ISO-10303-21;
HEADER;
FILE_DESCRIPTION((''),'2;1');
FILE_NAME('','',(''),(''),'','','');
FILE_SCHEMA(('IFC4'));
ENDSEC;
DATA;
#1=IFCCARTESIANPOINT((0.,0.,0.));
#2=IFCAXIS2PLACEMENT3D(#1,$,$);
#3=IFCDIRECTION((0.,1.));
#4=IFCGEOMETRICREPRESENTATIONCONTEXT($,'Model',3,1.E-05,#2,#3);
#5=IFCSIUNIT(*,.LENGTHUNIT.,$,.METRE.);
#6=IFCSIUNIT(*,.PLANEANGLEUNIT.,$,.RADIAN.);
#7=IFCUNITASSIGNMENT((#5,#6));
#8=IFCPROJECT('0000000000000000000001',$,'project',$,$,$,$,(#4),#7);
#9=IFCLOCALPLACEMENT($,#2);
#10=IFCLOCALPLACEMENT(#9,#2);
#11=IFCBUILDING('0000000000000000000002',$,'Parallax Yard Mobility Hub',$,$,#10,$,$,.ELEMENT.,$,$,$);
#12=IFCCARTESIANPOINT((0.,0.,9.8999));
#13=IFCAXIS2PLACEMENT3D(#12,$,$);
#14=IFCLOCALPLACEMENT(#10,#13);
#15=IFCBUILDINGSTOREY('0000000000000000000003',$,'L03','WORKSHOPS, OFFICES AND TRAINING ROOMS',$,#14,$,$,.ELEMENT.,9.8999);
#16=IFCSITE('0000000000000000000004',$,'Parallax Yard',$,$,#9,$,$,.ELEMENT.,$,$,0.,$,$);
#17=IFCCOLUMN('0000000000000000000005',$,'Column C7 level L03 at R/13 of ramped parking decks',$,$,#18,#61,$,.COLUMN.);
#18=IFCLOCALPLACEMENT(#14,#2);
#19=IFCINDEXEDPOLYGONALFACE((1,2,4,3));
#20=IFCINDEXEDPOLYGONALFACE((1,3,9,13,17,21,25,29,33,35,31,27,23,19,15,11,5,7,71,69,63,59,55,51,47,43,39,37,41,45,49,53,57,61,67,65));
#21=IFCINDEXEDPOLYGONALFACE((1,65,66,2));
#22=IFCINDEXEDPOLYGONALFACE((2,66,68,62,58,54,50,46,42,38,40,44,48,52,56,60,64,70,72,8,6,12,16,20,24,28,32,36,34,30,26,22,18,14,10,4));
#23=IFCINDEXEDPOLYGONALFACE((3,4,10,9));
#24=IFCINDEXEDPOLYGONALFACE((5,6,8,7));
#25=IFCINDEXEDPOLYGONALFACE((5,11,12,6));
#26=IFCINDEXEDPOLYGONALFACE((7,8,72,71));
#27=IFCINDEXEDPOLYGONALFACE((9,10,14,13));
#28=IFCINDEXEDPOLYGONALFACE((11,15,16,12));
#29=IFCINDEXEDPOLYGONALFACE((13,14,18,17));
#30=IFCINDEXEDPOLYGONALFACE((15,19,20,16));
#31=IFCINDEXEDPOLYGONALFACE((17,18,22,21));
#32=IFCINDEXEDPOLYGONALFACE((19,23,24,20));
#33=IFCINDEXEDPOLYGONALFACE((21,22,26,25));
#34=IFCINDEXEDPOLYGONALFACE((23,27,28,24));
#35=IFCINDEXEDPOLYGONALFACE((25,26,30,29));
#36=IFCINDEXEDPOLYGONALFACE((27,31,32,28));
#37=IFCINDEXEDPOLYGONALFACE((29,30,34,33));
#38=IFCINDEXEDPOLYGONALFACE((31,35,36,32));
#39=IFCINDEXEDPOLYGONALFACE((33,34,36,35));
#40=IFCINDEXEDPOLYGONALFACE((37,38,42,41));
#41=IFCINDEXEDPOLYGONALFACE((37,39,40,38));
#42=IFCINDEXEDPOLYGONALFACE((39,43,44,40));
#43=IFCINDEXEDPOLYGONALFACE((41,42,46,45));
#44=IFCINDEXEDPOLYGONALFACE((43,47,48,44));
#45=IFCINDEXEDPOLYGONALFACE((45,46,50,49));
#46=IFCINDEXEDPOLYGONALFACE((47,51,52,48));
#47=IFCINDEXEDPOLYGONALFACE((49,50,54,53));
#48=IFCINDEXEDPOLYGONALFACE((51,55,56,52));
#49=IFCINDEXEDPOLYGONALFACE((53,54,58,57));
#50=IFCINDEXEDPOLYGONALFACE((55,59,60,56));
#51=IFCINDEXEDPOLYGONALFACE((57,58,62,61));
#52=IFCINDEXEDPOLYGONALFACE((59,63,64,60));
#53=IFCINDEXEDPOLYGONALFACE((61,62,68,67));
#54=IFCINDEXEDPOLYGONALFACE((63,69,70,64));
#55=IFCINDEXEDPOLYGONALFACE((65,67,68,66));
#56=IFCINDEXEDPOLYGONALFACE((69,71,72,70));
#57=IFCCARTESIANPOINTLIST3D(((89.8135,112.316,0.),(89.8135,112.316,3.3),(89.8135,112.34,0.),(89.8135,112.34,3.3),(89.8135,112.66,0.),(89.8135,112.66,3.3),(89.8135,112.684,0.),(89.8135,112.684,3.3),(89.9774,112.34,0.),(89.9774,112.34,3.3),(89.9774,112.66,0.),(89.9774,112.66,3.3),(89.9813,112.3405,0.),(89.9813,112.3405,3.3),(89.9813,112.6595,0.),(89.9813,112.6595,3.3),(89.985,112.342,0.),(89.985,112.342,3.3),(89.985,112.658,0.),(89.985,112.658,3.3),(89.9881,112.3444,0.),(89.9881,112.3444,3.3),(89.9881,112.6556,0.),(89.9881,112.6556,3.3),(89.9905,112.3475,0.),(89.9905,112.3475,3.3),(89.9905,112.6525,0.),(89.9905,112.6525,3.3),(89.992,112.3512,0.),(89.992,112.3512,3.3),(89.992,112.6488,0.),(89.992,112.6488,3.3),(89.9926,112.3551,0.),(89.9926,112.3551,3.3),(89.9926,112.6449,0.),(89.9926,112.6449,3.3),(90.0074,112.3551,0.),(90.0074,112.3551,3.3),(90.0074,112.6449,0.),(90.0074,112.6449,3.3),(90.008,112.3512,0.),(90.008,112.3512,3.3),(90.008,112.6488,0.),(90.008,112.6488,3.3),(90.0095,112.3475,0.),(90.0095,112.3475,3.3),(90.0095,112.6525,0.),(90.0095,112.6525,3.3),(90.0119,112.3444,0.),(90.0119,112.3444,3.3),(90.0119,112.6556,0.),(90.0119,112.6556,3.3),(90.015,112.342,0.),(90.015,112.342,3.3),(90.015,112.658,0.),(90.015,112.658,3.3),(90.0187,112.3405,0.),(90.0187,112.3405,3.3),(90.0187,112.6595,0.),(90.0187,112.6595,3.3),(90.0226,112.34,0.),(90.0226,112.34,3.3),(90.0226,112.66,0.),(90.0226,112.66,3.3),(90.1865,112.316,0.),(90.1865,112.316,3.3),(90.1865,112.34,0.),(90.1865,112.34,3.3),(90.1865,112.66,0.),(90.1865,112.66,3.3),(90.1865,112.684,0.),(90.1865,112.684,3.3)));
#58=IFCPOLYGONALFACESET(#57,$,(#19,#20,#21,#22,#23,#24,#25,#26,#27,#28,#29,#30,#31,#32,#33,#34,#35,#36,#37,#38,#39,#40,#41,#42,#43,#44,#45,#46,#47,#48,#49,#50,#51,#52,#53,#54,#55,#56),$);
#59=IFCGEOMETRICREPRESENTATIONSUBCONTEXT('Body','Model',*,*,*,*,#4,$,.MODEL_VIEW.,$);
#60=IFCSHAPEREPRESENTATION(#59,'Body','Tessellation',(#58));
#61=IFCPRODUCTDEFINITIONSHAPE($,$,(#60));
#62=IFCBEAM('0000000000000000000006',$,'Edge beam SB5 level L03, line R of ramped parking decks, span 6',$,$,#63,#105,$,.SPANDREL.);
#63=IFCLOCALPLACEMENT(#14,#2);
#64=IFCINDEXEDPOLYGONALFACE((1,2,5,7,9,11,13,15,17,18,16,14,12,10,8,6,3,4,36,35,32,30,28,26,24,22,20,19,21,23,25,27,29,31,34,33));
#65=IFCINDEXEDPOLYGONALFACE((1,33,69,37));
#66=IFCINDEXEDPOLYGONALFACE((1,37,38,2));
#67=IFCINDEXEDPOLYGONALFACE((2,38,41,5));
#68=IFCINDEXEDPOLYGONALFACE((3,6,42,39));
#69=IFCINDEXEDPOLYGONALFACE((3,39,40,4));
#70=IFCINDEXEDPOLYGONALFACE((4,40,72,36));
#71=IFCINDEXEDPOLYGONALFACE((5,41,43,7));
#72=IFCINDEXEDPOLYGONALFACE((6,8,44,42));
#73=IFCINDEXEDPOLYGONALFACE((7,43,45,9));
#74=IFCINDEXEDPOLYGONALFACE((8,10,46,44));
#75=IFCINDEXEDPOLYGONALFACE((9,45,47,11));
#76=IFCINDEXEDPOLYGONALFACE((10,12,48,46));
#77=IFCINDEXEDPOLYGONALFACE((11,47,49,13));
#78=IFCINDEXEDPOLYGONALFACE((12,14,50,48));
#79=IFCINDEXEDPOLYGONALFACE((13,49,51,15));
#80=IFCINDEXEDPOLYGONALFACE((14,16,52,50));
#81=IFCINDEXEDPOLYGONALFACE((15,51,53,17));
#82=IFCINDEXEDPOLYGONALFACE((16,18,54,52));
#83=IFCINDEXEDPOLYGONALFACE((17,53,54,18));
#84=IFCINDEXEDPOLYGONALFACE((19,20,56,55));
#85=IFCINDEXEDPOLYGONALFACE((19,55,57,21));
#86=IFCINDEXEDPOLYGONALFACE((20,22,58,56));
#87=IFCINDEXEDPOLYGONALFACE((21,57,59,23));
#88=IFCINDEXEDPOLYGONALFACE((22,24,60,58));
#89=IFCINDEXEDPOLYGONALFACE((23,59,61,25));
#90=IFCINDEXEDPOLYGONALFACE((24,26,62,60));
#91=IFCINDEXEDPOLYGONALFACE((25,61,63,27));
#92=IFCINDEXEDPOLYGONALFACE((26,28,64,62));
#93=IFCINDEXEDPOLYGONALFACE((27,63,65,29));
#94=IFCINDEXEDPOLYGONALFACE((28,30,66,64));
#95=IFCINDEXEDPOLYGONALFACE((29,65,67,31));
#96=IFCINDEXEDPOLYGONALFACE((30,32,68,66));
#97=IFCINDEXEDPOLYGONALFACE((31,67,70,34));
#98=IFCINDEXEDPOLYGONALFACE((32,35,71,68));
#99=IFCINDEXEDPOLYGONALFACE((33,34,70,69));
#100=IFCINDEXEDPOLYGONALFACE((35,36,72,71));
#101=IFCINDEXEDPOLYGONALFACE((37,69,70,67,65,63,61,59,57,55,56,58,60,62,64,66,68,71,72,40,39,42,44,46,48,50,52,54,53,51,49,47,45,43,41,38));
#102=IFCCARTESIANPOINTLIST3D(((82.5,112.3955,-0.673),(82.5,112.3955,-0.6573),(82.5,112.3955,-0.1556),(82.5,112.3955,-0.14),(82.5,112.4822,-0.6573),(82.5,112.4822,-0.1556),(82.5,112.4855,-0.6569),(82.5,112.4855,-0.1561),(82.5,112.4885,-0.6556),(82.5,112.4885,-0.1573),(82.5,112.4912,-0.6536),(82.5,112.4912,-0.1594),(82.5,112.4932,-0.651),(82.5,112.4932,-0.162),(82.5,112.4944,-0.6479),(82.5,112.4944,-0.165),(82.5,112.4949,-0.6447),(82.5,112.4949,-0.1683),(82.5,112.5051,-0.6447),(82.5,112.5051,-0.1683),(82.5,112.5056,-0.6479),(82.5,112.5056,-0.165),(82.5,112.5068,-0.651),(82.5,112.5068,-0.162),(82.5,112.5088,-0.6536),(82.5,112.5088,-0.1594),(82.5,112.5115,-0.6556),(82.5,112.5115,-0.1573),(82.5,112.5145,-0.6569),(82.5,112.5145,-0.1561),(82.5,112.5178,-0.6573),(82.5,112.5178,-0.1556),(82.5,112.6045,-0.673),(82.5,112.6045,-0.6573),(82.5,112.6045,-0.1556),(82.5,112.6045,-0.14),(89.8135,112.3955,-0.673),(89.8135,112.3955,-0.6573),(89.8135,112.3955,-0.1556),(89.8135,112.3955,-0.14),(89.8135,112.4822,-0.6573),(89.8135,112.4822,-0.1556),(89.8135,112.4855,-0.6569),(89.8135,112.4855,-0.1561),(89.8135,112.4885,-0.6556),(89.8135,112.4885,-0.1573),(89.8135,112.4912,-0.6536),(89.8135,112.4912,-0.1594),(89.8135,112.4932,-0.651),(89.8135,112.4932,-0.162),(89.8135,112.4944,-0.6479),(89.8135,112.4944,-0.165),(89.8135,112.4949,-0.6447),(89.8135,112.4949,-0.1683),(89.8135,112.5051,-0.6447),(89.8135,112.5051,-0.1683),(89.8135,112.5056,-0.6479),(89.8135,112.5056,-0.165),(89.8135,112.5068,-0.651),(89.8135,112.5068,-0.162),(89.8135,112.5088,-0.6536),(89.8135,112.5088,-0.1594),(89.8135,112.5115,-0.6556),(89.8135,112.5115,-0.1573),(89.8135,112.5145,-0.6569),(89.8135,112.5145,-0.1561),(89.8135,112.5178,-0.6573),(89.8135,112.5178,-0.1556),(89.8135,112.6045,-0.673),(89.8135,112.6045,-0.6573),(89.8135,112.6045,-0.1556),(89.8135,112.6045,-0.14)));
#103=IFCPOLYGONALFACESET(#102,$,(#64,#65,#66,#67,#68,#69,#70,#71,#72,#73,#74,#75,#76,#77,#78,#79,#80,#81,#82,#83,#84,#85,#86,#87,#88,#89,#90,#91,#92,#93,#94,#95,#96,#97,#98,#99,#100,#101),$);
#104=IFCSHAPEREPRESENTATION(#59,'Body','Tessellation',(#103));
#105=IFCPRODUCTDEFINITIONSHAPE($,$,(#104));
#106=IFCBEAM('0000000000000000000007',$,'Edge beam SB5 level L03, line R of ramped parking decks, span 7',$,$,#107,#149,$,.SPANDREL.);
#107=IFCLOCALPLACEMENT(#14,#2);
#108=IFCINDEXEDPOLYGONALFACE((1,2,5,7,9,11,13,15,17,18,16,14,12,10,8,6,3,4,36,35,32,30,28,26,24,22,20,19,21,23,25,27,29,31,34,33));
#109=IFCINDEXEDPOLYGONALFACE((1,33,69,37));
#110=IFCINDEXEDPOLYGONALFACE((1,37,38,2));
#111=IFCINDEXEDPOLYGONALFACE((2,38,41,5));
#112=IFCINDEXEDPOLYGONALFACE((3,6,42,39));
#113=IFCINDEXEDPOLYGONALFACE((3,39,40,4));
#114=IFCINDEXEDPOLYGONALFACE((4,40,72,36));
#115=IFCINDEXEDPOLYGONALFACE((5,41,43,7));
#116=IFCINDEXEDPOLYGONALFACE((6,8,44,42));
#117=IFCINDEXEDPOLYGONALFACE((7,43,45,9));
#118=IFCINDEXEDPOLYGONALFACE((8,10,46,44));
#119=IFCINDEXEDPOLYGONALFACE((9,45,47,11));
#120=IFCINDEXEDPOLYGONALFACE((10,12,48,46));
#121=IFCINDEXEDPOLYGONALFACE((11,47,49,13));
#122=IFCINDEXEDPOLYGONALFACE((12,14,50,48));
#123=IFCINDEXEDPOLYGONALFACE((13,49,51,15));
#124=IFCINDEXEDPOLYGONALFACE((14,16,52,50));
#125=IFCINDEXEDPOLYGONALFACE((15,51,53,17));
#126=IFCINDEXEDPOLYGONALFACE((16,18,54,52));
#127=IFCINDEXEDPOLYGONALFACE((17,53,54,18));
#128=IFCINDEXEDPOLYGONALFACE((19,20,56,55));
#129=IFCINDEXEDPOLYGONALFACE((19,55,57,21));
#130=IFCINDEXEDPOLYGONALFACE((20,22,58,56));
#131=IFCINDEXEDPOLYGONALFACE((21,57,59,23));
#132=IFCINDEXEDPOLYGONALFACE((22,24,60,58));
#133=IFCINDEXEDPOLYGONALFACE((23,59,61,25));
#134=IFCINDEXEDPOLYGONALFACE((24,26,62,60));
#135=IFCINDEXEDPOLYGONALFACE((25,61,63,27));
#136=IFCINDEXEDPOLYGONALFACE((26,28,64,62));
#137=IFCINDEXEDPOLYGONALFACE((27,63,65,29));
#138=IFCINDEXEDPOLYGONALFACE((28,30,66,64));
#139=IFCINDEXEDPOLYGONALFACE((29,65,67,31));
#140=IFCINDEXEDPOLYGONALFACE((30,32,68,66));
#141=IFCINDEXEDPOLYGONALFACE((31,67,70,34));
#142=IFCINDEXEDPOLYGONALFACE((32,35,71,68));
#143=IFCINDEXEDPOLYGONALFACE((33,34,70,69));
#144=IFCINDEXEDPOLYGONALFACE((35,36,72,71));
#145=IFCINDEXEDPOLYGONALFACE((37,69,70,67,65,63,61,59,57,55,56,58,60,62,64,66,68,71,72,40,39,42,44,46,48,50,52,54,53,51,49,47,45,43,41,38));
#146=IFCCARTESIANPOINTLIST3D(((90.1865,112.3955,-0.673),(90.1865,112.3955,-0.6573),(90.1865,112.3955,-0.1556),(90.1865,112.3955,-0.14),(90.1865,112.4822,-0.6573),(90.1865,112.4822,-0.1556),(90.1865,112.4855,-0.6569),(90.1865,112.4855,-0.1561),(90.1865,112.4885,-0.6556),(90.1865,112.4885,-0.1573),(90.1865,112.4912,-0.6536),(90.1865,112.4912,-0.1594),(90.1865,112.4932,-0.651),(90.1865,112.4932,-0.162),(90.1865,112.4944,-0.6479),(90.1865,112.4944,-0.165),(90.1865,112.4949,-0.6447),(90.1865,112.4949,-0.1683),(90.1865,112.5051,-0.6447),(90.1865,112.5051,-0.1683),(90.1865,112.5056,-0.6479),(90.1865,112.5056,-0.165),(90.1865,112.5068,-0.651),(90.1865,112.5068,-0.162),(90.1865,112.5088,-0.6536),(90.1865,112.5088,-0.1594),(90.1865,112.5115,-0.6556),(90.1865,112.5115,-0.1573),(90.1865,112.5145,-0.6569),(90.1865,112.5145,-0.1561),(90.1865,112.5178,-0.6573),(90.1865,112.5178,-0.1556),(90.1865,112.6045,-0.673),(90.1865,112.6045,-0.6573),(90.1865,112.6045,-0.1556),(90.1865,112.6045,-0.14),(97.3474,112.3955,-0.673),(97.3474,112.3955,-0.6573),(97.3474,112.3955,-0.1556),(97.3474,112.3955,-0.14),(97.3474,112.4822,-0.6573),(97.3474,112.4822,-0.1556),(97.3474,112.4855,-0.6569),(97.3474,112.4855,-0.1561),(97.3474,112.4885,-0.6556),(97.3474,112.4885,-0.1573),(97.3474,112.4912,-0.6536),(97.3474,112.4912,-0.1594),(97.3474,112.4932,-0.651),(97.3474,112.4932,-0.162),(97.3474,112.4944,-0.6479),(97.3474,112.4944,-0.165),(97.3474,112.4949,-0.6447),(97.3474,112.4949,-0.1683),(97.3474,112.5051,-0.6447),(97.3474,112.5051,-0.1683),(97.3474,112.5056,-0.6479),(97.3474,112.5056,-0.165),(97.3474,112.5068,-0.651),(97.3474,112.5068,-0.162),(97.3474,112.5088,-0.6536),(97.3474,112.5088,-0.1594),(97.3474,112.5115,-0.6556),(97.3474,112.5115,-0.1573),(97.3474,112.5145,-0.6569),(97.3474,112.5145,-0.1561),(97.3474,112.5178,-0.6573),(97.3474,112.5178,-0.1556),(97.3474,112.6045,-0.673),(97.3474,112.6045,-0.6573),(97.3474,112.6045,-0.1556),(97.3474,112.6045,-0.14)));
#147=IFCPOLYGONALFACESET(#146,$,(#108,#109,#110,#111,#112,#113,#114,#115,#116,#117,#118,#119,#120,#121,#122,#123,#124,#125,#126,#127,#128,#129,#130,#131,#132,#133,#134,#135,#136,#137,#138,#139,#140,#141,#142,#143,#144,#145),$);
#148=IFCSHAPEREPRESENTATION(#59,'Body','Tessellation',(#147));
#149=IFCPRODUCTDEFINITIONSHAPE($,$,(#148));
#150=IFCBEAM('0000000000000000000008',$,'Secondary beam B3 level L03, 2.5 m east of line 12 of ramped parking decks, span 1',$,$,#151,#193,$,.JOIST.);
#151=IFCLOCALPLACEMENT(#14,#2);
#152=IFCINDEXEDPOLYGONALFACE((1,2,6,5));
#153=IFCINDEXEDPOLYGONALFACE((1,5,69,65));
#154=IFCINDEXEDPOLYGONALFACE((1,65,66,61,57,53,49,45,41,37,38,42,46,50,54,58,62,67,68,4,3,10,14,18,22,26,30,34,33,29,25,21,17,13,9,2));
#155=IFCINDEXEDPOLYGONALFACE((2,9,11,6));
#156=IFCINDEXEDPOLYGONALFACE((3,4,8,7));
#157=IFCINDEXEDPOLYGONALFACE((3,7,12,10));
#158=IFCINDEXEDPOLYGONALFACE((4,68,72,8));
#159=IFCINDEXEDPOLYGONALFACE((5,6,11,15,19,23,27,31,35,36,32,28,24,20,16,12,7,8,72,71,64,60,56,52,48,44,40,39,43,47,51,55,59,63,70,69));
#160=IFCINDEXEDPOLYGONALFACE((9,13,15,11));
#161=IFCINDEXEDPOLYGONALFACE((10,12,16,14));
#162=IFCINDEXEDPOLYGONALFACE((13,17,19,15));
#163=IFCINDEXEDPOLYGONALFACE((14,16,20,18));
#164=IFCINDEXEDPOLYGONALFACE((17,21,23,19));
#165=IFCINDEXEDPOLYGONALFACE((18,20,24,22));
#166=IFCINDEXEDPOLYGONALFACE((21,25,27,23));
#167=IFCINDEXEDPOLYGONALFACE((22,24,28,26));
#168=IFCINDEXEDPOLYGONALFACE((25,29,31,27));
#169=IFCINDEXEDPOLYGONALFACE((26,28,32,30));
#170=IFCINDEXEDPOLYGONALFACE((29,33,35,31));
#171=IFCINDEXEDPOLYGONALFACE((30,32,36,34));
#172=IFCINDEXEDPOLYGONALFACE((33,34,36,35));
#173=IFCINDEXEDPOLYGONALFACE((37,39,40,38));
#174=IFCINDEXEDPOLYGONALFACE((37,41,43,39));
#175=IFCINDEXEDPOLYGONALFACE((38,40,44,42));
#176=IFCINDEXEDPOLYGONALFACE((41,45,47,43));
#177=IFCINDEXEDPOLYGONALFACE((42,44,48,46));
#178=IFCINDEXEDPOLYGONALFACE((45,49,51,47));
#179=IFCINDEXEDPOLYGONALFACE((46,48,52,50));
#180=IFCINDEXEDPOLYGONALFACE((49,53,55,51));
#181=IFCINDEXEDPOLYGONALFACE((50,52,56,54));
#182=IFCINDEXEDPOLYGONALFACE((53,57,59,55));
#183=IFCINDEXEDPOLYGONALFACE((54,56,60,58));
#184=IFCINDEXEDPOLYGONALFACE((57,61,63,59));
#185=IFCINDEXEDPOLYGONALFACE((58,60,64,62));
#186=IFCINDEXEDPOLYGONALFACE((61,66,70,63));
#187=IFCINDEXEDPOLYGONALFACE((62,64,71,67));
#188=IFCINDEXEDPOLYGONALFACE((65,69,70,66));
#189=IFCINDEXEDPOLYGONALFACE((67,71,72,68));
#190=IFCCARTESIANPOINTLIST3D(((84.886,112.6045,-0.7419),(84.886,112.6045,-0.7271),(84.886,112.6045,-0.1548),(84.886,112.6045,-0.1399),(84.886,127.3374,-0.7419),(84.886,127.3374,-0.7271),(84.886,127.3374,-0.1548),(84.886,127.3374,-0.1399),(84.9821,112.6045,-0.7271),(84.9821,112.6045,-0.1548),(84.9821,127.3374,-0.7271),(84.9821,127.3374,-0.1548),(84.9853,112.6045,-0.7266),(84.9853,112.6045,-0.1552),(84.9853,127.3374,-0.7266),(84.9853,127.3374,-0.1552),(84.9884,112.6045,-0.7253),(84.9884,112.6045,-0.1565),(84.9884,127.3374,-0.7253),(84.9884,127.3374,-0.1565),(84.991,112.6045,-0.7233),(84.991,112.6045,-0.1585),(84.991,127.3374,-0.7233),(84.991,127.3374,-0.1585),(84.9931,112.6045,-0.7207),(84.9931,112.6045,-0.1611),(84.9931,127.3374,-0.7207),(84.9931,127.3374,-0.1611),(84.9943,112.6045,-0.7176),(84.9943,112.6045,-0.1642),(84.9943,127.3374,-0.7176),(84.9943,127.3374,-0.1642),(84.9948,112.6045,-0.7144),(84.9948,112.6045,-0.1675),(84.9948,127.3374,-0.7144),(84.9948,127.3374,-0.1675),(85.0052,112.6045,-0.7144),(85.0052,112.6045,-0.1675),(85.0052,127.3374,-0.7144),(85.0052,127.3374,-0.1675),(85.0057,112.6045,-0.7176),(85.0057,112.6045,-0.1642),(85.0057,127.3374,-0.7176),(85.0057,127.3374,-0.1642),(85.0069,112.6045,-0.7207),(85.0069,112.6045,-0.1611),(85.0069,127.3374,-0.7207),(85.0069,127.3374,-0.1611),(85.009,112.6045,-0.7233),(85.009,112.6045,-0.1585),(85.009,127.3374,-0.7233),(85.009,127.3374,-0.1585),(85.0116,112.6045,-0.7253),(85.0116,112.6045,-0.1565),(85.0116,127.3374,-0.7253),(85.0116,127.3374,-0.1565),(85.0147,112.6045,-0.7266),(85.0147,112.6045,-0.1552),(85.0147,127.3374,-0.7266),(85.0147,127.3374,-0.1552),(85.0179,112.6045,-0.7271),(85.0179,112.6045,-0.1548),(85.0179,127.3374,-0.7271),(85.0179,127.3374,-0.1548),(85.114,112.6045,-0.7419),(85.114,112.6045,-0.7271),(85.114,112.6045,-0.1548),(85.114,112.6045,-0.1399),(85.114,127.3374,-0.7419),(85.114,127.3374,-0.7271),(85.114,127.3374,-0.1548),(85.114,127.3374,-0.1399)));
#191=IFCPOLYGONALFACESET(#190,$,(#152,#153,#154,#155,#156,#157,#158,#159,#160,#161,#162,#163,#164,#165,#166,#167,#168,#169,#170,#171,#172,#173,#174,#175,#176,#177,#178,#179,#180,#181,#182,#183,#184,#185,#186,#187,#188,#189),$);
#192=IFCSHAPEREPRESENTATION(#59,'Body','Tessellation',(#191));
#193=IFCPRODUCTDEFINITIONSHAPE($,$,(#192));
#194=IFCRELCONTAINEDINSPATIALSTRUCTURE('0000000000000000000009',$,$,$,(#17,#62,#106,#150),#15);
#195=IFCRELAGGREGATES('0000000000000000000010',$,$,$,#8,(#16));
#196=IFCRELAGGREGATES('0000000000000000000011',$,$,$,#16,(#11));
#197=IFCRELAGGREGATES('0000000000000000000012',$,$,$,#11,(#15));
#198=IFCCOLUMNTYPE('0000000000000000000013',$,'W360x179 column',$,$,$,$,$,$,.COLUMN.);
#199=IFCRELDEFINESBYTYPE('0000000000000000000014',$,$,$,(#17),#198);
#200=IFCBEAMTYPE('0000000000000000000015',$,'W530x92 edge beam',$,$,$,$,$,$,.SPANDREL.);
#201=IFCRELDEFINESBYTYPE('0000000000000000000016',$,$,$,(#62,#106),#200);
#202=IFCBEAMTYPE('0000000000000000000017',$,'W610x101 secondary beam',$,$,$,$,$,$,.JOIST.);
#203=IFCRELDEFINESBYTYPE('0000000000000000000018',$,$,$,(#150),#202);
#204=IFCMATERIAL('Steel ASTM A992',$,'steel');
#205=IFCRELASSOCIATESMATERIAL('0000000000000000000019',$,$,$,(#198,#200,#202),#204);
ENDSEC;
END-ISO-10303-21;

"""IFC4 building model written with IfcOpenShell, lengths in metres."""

from ifc_helpers import new_model, si_unit, direction, frame, origin, origin_2d, place, context, subcontext, project, spatial, i_section, extrude, material, material_profile, profile_set, type_object, element, save


model = new_model("IFC4")

# Units and contexts
model_context = context("Model", 3, precision=1e-05, world=origin(), true_north=direction((0.0, 1.0)))
body_context = subcontext(model_context, "Body", "Model", "MODEL_VIEW")
ifc_project = project(units=[si_unit("LENGTHUNIT", "METRE"), si_unit("PLANEANGLEUNIT", "RADIAN")], contexts=[model_context])

# Site, building, storey
site_placement = place(None, origin())
site = spatial("IfcSite", under=ifc_project, at=site_placement, Name="Parallax Yard", CompositionType="ELEMENT", RefElevation=0.0)
building_placement = place(site_placement, origin())
building = spatial("IfcBuilding", under=site, at=building_placement, Name="Parallax Yard Mobility Hub", CompositionType="ELEMENT")
storey_placement = place(building_placement, frame((0.0, 0.0, 9.8999)))
storey = spatial("IfcBuildingStorey", under=building, at=storey_placement, Name="L03", Description="WORKSHOPS, OFFICES AND TRAINING ROOMS", CompositionType="ELEMENT", Elevation=9.8999)

# Column
ifc_material_1 = material(Name="Steel ASTM A992", Category="steel")
ifc_material_profile_1 = material_profile(ifc_material_1, i_section(OverallWidth=0.373, OverallDepth=0.3679, WebThickness=0.0149, FlangeThickness=0.0239, FilletRadius=0.0151, at=origin_2d()), Name="W360x179")
ifc_profile_set_1 = profile_set([ifc_material_profile_1], Name="Steel ASTM A992")
column_type = type_object("IfcColumnType", Name="W360x179 column", PredefinedType="COLUMN", material=ifc_profile_set_1)
column_placement = place(storey_placement, frame((90.0, 112.5, 0.0), z_axis=(0.0, 0.0, 1.0), x_axis=(1.0, 0.0, 0.0)))
element("IfcColumn", 1, at=column_placement, inside=storey, type_object=column_type, Name="Column C7 level L03 at R/13 of ramped parking decks", PredefinedType="COLUMN", context=body_context, shape_type="SweptSolid", body=[
    extrude(i_section(OverallWidth=0.373, OverallDepth=0.3679, WebThickness=0.0149, FlangeThickness=0.0239, FilletRadius=0.0151, at=origin_2d()), origin(), (0.0, 0.0, 1.0), 3.3),
])

# Beams
ifc_material_profile_2 = material_profile(ifc_material_1, i_section(OverallWidth=0.209, OverallDepth=0.533, WebThickness=0.0103, FlangeThickness=0.0156, FilletRadius=0.0127, at=origin_2d()), Name="W530x92")
ifc_profile_set_2 = profile_set([ifc_material_profile_2], Name="Steel ASTM A992")
beam_type_1 = type_object("IfcBeamType", Name="W530x92 edge beam", PredefinedType="SPANDREL", material=ifc_profile_set_2)
beam_1_placement = place(storey_placement, frame((82.5, 112.5, -0.4065), z_axis=(1.0, 0.0, 0.0), x_axis=(0.0, 1.0, 0.0)))
element("IfcBeam", 2, at=beam_1_placement, inside=storey, type_object=beam_type_1, Name="Edge beam SB5 level L03, line R of ramped parking decks, span 6", PredefinedType="SPANDREL", context=body_context, shape_type="SweptSolid", body=[
    extrude(i_section(OverallWidth=0.209, OverallDepth=0.533, WebThickness=0.0103, FlangeThickness=0.0156, FilletRadius=0.0127, at=origin_2d()), origin(), (0.0, 0.0, 1.0), 7.3135),
])
beam_2_placement = place(storey_placement, frame((90.1865, 112.5, -0.4065), z_axis=(1.0, 0.0, 0.0), x_axis=(0.0, 1.0, 0.0)))
element("IfcBeam", 3, at=beam_2_placement, inside=storey, type_object=beam_type_1, Name="Edge beam SB5 level L03, line R of ramped parking decks, span 7", PredefinedType="SPANDREL", context=body_context, shape_type="SweptSolid", body=[
    extrude(i_section(OverallWidth=0.209, OverallDepth=0.533, WebThickness=0.0103, FlangeThickness=0.0156, FilletRadius=0.0127, at=origin_2d()), origin(), (0.0, 0.0, 1.0), 7.1609),
])
ifc_material_profile_3 = material_profile(ifc_material_1, i_section(OverallWidth=0.228, OverallDepth=0.6021, WebThickness=0.0105, FlangeThickness=0.0149, FilletRadius=0.0127, at=origin_2d()), Name="W610x101")
ifc_profile_set_3 = profile_set([ifc_material_profile_3], Name="Steel ASTM A992")
beam_type_2 = type_object("IfcBeamType", Name="W610x101 secondary beam", PredefinedType="JOIST", material=ifc_profile_set_3)
for number, where, z_axis, x_axis, name in (
    (4, (85.0, 112.6045, -0.4409), (0.0, 1.0, 0.0), (-1.0, 0.0, 0.0), "Secondary beam B3 level L03, 2.5 m east of line 12 of ramped parking decks, span 1"),
):
    element("IfcBeam", number, at=place(storey_placement, frame(where, z_axis=z_axis, x_axis=x_axis)), inside=storey, type_object=beam_type_2, Name=name, PredefinedType="JOIST", context=body_context, shape_type="SweptSolid", body=[
        extrude(i_section(OverallWidth=0.228, OverallDepth=0.6021, WebThickness=0.0105, FlangeThickness=0.0149, FilletRadius=0.0127, at=origin_2d()), origin(), (0.0, 0.0, 1.0), 14.7329),
    ])

save(model, "model.ifc")
